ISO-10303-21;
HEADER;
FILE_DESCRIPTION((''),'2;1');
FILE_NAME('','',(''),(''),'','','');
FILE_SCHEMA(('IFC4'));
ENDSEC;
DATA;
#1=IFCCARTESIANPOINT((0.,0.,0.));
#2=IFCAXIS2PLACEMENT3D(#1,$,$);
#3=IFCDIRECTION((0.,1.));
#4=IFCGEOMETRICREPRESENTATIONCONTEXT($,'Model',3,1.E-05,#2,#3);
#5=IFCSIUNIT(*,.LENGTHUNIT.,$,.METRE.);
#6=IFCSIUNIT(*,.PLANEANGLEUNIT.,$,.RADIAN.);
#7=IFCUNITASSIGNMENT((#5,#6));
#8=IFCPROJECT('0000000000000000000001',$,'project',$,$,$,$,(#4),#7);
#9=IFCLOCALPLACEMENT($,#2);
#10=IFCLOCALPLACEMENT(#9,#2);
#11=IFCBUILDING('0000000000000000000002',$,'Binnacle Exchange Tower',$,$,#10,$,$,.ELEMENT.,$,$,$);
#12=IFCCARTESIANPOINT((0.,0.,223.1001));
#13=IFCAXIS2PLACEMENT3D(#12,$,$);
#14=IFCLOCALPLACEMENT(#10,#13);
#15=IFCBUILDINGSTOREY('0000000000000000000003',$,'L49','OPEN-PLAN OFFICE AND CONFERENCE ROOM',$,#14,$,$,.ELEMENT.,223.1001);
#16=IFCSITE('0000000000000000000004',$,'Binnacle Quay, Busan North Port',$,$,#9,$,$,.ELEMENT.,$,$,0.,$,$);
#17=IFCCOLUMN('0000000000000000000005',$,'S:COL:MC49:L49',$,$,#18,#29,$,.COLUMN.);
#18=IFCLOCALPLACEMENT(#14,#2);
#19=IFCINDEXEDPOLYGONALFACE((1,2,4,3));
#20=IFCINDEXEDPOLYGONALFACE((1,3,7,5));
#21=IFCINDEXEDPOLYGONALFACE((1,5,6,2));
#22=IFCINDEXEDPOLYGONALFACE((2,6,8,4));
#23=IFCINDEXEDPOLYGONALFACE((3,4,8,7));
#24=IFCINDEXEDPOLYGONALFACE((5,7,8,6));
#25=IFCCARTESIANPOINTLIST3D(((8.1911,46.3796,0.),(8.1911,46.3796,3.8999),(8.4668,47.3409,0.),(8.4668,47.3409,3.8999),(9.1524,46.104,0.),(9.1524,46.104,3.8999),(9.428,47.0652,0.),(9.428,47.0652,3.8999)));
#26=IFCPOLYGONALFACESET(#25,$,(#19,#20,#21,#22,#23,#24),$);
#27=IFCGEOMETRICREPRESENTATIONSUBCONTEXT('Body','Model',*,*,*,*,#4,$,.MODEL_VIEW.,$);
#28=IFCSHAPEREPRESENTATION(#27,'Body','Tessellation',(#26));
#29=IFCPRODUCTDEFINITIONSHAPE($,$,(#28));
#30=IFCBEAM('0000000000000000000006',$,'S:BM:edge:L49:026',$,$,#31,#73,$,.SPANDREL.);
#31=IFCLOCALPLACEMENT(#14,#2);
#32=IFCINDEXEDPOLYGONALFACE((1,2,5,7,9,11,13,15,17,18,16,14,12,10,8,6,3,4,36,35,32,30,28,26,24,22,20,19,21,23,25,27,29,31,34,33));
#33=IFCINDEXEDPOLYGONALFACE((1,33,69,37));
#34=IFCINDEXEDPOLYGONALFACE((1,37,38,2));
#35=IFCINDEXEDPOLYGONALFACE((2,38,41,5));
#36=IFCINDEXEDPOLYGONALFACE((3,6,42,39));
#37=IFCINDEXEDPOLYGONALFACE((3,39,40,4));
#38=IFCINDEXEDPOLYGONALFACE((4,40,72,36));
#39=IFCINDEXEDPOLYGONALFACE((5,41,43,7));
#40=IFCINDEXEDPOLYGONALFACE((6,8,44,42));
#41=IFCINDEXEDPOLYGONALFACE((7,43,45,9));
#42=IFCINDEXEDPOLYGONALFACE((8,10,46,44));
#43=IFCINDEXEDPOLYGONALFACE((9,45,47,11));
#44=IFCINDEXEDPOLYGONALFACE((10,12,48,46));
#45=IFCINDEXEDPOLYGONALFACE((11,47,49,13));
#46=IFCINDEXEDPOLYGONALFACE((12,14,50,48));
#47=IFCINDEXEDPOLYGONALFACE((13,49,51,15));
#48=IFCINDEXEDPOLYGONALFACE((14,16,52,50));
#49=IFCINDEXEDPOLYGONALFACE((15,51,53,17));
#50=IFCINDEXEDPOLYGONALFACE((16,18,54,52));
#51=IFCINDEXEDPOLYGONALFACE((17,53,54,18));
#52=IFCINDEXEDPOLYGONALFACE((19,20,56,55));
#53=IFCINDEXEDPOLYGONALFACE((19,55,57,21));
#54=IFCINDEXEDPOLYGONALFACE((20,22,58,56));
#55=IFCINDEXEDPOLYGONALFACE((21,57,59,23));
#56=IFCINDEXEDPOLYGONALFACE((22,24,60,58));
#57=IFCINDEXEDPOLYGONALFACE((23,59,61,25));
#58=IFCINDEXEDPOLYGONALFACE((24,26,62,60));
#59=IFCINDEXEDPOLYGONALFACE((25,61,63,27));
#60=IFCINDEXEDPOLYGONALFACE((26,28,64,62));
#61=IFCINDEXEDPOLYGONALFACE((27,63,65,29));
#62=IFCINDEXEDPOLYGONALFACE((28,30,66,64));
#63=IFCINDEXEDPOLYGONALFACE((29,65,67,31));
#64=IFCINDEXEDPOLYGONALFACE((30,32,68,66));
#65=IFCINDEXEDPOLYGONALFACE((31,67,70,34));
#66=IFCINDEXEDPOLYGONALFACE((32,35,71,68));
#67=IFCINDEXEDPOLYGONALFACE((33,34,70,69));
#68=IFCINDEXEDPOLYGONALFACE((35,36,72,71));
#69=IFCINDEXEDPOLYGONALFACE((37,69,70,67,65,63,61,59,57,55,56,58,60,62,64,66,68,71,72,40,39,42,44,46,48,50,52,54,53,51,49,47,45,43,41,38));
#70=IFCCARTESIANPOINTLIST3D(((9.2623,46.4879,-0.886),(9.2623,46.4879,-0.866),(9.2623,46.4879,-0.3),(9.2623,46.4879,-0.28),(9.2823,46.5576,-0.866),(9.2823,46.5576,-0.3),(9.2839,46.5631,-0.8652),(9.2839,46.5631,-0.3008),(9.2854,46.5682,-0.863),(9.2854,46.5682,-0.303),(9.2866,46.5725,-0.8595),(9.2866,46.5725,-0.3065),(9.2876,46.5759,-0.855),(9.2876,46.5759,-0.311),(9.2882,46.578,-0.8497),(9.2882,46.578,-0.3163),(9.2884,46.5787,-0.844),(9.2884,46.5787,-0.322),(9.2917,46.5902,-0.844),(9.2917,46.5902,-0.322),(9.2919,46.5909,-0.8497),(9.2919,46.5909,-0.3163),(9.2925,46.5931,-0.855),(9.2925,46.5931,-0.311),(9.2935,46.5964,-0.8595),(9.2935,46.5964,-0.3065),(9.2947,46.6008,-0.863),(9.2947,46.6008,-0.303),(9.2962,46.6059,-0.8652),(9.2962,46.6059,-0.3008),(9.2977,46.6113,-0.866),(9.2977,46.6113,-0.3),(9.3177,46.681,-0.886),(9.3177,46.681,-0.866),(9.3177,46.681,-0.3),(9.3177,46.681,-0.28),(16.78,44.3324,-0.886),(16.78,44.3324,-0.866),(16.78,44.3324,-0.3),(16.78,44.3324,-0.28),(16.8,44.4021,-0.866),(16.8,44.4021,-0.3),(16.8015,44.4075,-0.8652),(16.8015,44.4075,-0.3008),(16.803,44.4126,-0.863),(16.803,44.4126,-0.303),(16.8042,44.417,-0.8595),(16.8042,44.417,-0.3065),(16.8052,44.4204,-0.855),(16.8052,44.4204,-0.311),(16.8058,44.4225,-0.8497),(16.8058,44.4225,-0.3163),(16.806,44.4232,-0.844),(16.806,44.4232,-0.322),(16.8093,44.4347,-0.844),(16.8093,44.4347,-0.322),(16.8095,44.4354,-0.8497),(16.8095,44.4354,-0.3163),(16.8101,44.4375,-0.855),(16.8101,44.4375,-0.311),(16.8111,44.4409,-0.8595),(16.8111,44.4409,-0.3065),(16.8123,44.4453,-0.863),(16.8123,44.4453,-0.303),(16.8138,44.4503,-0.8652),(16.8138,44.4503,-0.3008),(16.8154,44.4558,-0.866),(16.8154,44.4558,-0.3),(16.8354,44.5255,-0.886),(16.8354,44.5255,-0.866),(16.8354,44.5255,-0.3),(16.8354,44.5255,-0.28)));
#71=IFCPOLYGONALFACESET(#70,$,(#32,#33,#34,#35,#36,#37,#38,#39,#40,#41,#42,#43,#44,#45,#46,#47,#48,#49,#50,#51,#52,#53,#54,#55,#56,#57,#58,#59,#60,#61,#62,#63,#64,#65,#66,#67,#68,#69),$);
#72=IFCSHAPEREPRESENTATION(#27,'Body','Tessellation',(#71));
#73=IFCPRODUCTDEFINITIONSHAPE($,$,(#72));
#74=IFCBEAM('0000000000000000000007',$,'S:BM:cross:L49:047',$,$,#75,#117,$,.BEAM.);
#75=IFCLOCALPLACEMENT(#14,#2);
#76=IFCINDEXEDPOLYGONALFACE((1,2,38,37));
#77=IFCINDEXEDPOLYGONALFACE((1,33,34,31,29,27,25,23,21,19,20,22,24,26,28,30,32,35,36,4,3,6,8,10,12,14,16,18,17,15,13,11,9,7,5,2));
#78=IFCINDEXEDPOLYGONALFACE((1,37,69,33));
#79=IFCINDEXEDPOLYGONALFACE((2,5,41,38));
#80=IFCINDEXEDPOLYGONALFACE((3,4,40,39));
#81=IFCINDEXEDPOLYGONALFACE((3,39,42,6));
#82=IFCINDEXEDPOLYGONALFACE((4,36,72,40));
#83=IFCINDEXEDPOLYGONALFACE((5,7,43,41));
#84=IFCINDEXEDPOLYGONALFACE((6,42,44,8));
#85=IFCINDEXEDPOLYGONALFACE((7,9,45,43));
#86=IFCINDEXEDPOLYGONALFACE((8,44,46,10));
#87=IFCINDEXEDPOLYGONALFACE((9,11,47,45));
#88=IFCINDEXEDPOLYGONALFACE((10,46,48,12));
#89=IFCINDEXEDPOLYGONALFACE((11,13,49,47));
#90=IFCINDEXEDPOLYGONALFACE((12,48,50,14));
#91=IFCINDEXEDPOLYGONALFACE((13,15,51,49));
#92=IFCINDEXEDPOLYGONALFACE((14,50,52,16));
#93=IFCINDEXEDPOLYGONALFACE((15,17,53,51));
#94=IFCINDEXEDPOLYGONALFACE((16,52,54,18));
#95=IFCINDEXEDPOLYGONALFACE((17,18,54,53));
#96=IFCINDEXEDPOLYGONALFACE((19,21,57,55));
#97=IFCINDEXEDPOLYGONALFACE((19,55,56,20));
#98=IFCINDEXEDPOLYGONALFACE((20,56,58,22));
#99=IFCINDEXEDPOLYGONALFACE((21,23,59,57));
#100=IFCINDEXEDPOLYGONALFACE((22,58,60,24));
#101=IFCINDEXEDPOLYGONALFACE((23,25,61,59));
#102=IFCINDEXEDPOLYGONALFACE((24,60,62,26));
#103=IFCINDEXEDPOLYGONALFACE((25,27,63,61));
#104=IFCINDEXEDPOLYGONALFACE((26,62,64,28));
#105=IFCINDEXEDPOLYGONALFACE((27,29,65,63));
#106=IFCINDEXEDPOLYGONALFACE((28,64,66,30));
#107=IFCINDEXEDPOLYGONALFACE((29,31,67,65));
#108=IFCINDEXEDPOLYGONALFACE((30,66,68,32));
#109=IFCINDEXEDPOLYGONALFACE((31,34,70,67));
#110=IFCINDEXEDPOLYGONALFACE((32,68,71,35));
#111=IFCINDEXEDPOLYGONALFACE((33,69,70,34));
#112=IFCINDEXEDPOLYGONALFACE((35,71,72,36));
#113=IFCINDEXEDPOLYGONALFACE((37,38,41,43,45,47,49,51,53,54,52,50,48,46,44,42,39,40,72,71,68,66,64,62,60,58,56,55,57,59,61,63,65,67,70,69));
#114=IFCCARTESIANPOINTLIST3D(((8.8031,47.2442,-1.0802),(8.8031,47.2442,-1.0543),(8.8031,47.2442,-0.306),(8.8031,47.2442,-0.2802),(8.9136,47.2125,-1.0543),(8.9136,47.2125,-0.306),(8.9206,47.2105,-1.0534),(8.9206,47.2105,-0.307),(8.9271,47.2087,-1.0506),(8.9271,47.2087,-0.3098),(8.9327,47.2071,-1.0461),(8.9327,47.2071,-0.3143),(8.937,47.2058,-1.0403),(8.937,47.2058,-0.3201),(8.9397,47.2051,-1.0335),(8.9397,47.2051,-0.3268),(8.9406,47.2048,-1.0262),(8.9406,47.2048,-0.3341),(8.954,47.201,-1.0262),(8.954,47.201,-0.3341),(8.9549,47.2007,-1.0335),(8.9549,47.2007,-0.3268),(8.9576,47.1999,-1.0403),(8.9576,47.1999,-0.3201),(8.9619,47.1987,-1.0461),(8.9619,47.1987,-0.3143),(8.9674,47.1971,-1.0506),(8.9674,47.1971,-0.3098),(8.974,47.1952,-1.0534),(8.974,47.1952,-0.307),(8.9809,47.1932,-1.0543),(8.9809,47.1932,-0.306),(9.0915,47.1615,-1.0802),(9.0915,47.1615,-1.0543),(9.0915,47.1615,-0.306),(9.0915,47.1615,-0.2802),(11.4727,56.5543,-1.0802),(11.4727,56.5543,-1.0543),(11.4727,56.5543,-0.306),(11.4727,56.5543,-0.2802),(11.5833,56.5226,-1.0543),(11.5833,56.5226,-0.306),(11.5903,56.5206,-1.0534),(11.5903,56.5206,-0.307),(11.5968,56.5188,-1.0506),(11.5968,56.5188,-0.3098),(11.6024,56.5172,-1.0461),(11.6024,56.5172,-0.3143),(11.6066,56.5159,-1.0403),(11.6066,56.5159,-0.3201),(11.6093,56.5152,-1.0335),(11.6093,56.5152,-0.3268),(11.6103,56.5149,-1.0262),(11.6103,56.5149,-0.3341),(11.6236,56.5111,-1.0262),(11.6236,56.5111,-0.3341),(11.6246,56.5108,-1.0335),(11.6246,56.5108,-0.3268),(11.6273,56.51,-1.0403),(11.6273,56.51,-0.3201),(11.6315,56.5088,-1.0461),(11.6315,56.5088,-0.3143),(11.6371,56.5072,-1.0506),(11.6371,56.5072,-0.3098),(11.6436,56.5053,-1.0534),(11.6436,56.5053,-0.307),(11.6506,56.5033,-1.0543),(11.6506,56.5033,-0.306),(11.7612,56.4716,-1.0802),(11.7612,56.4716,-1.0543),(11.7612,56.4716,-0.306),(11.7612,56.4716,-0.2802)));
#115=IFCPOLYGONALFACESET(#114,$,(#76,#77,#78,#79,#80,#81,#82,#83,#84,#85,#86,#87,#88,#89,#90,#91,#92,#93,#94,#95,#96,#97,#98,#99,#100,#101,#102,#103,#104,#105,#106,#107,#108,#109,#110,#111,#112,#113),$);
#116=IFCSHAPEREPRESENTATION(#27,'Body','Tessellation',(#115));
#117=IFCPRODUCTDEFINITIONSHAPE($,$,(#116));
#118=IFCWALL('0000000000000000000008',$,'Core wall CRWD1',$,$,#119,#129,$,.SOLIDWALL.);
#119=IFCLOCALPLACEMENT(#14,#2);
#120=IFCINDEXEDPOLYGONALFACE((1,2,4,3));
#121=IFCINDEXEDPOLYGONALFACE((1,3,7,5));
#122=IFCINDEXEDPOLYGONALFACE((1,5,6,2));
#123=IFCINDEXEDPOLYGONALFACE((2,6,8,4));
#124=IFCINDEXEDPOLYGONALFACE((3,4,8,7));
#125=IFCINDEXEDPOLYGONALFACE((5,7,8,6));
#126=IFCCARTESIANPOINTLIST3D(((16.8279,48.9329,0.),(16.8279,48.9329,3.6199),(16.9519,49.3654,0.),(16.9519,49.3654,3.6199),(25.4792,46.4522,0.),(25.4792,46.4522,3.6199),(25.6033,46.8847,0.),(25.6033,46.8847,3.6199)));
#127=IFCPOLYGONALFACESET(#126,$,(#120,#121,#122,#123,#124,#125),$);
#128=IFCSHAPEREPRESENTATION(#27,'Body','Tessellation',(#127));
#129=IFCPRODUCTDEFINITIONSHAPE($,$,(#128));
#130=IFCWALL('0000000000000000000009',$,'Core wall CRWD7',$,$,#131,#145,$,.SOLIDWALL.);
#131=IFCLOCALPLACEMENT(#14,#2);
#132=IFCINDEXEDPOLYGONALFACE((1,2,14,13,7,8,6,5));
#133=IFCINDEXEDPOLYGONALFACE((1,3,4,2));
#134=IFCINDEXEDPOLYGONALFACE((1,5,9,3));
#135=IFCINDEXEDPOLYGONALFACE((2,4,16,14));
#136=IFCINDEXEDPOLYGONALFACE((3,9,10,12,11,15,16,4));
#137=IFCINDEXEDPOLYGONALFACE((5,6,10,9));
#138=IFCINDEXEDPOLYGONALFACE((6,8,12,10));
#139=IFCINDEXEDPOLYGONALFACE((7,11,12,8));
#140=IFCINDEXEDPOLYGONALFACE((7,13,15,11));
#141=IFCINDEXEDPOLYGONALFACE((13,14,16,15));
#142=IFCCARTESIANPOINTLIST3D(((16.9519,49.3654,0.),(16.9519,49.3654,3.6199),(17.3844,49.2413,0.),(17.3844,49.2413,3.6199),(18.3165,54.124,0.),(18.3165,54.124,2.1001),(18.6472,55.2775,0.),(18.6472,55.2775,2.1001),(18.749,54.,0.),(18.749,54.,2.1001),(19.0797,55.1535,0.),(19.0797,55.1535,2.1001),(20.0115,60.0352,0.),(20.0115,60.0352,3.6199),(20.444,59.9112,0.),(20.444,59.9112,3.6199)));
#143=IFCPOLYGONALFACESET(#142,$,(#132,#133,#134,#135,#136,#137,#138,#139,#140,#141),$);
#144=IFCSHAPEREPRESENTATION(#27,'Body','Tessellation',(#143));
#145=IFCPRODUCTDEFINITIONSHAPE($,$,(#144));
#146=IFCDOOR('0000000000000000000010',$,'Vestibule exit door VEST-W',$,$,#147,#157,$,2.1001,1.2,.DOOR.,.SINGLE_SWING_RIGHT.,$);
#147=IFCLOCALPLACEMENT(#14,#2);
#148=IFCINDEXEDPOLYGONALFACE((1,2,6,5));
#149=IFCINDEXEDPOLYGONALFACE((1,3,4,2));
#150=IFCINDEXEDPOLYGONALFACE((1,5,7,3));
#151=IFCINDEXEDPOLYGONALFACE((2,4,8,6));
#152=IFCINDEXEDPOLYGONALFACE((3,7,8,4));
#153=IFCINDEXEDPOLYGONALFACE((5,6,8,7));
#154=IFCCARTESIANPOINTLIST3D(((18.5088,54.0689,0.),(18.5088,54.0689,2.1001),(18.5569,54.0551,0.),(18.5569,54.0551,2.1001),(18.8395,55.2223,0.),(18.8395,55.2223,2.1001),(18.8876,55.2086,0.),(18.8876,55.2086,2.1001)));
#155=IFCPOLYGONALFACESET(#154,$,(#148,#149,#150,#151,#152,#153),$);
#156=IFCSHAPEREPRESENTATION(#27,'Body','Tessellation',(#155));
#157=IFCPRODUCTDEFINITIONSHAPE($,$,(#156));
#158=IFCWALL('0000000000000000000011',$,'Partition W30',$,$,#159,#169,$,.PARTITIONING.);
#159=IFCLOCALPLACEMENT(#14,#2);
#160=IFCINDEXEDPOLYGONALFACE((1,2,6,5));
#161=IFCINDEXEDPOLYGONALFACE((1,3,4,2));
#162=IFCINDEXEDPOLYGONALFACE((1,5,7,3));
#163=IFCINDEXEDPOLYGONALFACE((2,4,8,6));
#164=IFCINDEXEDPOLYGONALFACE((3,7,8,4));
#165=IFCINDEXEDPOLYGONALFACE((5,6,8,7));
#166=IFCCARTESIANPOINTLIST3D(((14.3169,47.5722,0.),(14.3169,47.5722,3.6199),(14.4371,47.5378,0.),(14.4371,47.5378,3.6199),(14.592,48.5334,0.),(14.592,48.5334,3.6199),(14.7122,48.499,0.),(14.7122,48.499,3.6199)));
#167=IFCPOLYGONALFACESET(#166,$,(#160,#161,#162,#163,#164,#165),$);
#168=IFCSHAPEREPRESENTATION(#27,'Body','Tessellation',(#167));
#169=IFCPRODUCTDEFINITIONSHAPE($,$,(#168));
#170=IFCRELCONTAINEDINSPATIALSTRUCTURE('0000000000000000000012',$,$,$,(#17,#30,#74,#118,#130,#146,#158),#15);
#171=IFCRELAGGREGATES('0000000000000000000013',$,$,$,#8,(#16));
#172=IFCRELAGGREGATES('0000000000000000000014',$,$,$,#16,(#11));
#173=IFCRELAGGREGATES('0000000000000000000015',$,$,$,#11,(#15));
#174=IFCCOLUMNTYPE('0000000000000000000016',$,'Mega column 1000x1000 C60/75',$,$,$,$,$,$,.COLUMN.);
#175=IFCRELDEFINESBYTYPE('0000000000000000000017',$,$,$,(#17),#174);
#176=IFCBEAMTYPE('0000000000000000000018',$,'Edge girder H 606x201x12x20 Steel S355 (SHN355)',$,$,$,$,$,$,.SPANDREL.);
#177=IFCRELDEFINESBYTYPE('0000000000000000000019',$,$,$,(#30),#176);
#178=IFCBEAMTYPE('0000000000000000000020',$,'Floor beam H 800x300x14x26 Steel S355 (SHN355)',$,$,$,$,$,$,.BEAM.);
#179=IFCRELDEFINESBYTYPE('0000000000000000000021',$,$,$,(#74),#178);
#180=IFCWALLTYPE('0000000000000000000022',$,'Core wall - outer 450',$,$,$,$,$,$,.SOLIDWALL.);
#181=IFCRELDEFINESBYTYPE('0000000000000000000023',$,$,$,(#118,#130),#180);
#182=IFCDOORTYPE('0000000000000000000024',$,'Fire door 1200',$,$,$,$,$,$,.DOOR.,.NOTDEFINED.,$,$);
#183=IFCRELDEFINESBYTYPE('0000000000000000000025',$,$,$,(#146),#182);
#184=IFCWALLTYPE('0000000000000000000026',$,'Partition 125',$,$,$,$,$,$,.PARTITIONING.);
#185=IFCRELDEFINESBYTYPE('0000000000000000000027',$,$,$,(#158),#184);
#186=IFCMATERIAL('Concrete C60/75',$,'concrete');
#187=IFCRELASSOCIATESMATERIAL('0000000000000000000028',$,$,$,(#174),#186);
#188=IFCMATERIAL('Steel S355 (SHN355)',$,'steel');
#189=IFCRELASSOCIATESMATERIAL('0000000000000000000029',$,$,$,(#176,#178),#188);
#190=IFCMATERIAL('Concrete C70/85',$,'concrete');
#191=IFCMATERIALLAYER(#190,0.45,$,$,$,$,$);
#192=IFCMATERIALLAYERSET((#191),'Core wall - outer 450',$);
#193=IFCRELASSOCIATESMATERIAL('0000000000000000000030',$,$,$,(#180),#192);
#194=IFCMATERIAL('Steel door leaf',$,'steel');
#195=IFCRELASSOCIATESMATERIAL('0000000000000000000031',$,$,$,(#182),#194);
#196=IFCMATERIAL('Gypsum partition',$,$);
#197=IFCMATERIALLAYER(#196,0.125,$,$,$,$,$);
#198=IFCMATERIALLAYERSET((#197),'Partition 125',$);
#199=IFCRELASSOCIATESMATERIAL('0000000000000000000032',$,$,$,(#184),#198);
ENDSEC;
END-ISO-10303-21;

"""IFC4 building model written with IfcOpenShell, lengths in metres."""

from ifc_helpers import new_model, si_unit, direction, frame, frame_2d, origin, origin_2d, place, context, subcontext, project, spatial, rectangle, i_section, extrude, material, layer, layer_set, material_profile, profile_set, type_object, element, fill, save


model = new_model("IFC4")

# Units and contexts
model_context = context("Model", 3, precision=1e-05, world=origin(), true_north=direction((0.0, 1.0)))
body_context = subcontext(model_context, "Body", "Model", "MODEL_VIEW")
ifc_project = project(units=[si_unit("LENGTHUNIT", "METRE"), si_unit("PLANEANGLEUNIT", "RADIAN")], contexts=[model_context])

# Site, building, storey
site_placement = place(None, origin())
site = spatial("IfcSite", under=ifc_project, at=site_placement, Name="Binnacle Quay, Busan North Port", CompositionType="ELEMENT", RefElevation=0.0)
building_placement = place(site_placement, origin())
building = spatial("IfcBuilding", under=site, at=building_placement, Name="Binnacle Exchange Tower", CompositionType="ELEMENT")
storey_placement = place(building_placement, frame((0.0, 0.0, 223.1001)))
storey = spatial("IfcBuildingStorey", under=building, at=storey_placement, Name="L49", Description="OPEN-PLAN OFFICE AND CONFERENCE ROOM", CompositionType="ELEMENT", Elevation=223.1001)

# Column
ifc_material_1 = material(Name="Concrete C60/75", Category="concrete")
ifc_material_profile_1 = material_profile(ifc_material_1, rectangle(XDim=1.0, YDim=1.0, at=origin_2d()), Name="Mega column 1000x1000 C60/75")
ifc_profile_set_1 = profile_set([ifc_material_profile_1], Name="Concrete C60/75")
column_type = type_object("IfcColumnType", Name="Mega column 1000x1000 C60/75", PredefinedType="COLUMN", material=ifc_profile_set_1)
column_placement = place(storey_placement, frame((8.8096, 46.7224, 0.0), z_axis=(0.0, 0.0, 1.0), x_axis=(0.961262, -0.275637, 0.0)))
element("IfcColumn", 1, at=column_placement, inside=storey, type_object=column_type, Name="S:COL:MC49:L49", PredefinedType="COLUMN", context=body_context, shape_type="SweptSolid", body=[
    extrude(rectangle(XDim=1.0, YDim=1.0, at=origin_2d()), origin(), (0.0, 0.0, 1.0), 3.8999),
])

# Beams
ifc_material_2 = material(Name="Steel S355 (SHN355)", Category="steel")
ifc_material_profile_2 = material_profile(ifc_material_2, i_section(OverallWidth=0.2009, OverallDepth=0.606, WebThickness=0.012, FlangeThickness=0.02, FilletRadius=0.022, at=origin_2d()), Name="H 606x201x12x20")
ifc_profile_set_2 = profile_set([ifc_material_profile_2], Name="Steel S355 (SHN355)")
beam_type_1 = type_object("IfcBeamType", Name="Edge girder H 606x201x12x20 Steel S355 (SHN355)", PredefinedType="SPANDREL", material=ifc_profile_set_2)
beam_1_placement = place(storey_placement, frame((9.29, 46.5845, -0.583), z_axis=(0.961266, -0.275624, 0.0), x_axis=(0.275624, 0.961266, 0.0)))
element("IfcBeam", 2, at=beam_1_placement, inside=storey, type_object=beam_type_1, Name="S:BM:edge:L49:026", PredefinedType="SPANDREL", context=body_context, shape_type="SweptSolid", body=[
    extrude(i_section(OverallWidth=0.2009, OverallDepth=0.606, WebThickness=0.012, FlangeThickness=0.02, FilletRadius=0.022, at=origin_2d()), origin(), (0.0, 0.0, 1.0), 7.8206),
])
ifc_material_profile_3 = material_profile(ifc_material_2, i_section(OverallWidth=0.3, OverallDepth=0.8, WebThickness=0.0139, FlangeThickness=0.0259, FilletRadius=0.0281, at=origin_2d()), Name="H 800x300x14x26")
ifc_profile_set_3 = profile_set([ifc_material_profile_3], Name="Steel S355 (SHN355)")
beam_type_2 = type_object("IfcBeamType", Name="Floor beam H 800x300x14x26 Steel S355 (SHN355)", PredefinedType="BEAM", material=ifc_profile_set_3)
beam_2_placement = place(storey_placement, frame((8.9473, 47.2029, -0.6802), z_axis=(0.275643, 0.96126, 0.0), x_axis=(-0.96126, 0.275643, 0.0)))
element("IfcBeam", 3, at=beam_2_placement, inside=storey, type_object=beam_type_2, Name="S:BM:cross:L49:047", PredefinedType="BEAM", context=body_context, shape_type="SweptSolid", body=[
    extrude(i_section(OverallWidth=0.3, OverallDepth=0.8, WebThickness=0.0139, FlangeThickness=0.0259, FilletRadius=0.0281, at=origin_2d()), origin(), (0.0, 0.0, 1.0), 9.6853),
])

# Wall
ifc_material_3 = material(Name="Concrete C70/85", Category="concrete")
ifc_layer_1 = layer(ifc_material_3, 0.45)
ifc_layer_set_1 = layer_set([ifc_layer_1], Name="Core wall - outer 450")
wall_type_1 = type_object("IfcWallType", Name="Core wall - outer 450", PredefinedType="SOLIDWALL", material=ifc_layer_set_1)
wall_1_placement = place(storey_placement, frame((16.8899, 49.1492, 0.0), z_axis=(0.0, 0.0, 1.0), x_axis=(0.961262, -0.275635, 0.0)))
element("IfcWall", 4, at=wall_1_placement, inside=storey, type_object=wall_type_1, Name="Core wall CRWD1", PredefinedType="SOLIDWALL", context=body_context, shape_type="SweptSolid", body=[
    extrude(rectangle(XDim=9.0, YDim=0.45, at=frame_2d((4.5, 0.0))), origin(), (0.0, 0.0, 1.0), 3.6199),
])

# Wall, opening, door
wall_2_placement = place(storey_placement, frame((17.1682, 49.3035, 0.0), z_axis=(0.0, 0.0, 1.0), x_axis=(0.275639, 0.961261, 0.0)))
wall_2 = element("IfcWall", 5, at=wall_2_placement, inside=storey, type_object=wall_type_1, Name="Core wall CRWD7", PredefinedType="SOLIDWALL", context=body_context, shape_type="SweptSolid", body=[
    extrude(rectangle(XDim=11.0999, YDim=0.45, at=frame_2d((5.5498, 0.0))), origin(), (0.0, 0.0, 1.0), 3.6199),
])
opening_1_placement = place(wall_2_placement, frame((4.9502, 0.0, 0.0)))
opening_1 = element("IfcOpeningElement", 6, at=opening_1_placement, cuts=wall_2, PredefinedType="OPENING", context=body_context, shape_type="SweptSolid", body=[
    extrude(rectangle(XDim=1.2, YDim=2.1001, at=frame_2d((0.6001, 1.05))), frame((0.0, 0.2349, 0.0), z_axis=(0.0, -1.0, 0.0), x_axis=(1.0, 0.0, 0.0)), (0.0, 0.0, 1.0), 0.47),
])
ifc_material_4 = material(Name="Steel door leaf", Category="steel")
door_type_1 = type_object("IfcDoorType", Name="Fire door 1200", OperationType="NOTDEFINED", PredefinedType="DOOR", material=ifc_material_4)
door_1_placement = place(opening_1_placement, origin())
door_1 = element("IfcDoor", 7, at=door_1_placement, inside=storey, type_object=door_type_1, Name="Vestibule exit door VEST-W", OperationType="SINGLE_SWING_RIGHT", OverallHeight=2.1001, OverallWidth=1.2, PredefinedType="DOOR", context=body_context, shape_type="SweptSolid", body=[
    extrude(rectangle(XDim=1.2, YDim=2.1001, at=frame_2d((0.6001, 1.05))), frame((0.0, 0.0249, 0.0), z_axis=(0.0, -1.0, 0.0), x_axis=(1.0, 0.0, 0.0)), (0.0, 0.0, 1.0), 0.05),
])
fill(opening_1, door_1)

# Wall
ifc_material_5 = material(Name="Gypsum partition")
ifc_layer_2 = layer(ifc_material_5, 0.125)
ifc_layer_set_2 = layer_set([ifc_layer_2], Name="Partition 125")
wall_type_2 = type_object("IfcWallType", Name="Partition 125", PredefinedType="PARTITIONING", material=ifc_layer_set_2)
wall_3_placement = place(storey_placement, frame((14.377, 47.5549, 0.0), z_axis=(0.0, 0.0, 1.0), x_axis=(0.275205, 0.961386, 0.0)))
element("IfcWall", 8, at=wall_3_placement, inside=storey, type_object=wall_type_2, Name="Partition W30", PredefinedType="PARTITIONING", context=body_context, shape_type="SweptSolid", body=[
    extrude(rectangle(XDim=0.9998, YDim=0.125, at=frame_2d((0.5, 0.0))), origin(), (0.0, 0.0, 1.0), 3.6199),
])

save(model, "model.ifc")
